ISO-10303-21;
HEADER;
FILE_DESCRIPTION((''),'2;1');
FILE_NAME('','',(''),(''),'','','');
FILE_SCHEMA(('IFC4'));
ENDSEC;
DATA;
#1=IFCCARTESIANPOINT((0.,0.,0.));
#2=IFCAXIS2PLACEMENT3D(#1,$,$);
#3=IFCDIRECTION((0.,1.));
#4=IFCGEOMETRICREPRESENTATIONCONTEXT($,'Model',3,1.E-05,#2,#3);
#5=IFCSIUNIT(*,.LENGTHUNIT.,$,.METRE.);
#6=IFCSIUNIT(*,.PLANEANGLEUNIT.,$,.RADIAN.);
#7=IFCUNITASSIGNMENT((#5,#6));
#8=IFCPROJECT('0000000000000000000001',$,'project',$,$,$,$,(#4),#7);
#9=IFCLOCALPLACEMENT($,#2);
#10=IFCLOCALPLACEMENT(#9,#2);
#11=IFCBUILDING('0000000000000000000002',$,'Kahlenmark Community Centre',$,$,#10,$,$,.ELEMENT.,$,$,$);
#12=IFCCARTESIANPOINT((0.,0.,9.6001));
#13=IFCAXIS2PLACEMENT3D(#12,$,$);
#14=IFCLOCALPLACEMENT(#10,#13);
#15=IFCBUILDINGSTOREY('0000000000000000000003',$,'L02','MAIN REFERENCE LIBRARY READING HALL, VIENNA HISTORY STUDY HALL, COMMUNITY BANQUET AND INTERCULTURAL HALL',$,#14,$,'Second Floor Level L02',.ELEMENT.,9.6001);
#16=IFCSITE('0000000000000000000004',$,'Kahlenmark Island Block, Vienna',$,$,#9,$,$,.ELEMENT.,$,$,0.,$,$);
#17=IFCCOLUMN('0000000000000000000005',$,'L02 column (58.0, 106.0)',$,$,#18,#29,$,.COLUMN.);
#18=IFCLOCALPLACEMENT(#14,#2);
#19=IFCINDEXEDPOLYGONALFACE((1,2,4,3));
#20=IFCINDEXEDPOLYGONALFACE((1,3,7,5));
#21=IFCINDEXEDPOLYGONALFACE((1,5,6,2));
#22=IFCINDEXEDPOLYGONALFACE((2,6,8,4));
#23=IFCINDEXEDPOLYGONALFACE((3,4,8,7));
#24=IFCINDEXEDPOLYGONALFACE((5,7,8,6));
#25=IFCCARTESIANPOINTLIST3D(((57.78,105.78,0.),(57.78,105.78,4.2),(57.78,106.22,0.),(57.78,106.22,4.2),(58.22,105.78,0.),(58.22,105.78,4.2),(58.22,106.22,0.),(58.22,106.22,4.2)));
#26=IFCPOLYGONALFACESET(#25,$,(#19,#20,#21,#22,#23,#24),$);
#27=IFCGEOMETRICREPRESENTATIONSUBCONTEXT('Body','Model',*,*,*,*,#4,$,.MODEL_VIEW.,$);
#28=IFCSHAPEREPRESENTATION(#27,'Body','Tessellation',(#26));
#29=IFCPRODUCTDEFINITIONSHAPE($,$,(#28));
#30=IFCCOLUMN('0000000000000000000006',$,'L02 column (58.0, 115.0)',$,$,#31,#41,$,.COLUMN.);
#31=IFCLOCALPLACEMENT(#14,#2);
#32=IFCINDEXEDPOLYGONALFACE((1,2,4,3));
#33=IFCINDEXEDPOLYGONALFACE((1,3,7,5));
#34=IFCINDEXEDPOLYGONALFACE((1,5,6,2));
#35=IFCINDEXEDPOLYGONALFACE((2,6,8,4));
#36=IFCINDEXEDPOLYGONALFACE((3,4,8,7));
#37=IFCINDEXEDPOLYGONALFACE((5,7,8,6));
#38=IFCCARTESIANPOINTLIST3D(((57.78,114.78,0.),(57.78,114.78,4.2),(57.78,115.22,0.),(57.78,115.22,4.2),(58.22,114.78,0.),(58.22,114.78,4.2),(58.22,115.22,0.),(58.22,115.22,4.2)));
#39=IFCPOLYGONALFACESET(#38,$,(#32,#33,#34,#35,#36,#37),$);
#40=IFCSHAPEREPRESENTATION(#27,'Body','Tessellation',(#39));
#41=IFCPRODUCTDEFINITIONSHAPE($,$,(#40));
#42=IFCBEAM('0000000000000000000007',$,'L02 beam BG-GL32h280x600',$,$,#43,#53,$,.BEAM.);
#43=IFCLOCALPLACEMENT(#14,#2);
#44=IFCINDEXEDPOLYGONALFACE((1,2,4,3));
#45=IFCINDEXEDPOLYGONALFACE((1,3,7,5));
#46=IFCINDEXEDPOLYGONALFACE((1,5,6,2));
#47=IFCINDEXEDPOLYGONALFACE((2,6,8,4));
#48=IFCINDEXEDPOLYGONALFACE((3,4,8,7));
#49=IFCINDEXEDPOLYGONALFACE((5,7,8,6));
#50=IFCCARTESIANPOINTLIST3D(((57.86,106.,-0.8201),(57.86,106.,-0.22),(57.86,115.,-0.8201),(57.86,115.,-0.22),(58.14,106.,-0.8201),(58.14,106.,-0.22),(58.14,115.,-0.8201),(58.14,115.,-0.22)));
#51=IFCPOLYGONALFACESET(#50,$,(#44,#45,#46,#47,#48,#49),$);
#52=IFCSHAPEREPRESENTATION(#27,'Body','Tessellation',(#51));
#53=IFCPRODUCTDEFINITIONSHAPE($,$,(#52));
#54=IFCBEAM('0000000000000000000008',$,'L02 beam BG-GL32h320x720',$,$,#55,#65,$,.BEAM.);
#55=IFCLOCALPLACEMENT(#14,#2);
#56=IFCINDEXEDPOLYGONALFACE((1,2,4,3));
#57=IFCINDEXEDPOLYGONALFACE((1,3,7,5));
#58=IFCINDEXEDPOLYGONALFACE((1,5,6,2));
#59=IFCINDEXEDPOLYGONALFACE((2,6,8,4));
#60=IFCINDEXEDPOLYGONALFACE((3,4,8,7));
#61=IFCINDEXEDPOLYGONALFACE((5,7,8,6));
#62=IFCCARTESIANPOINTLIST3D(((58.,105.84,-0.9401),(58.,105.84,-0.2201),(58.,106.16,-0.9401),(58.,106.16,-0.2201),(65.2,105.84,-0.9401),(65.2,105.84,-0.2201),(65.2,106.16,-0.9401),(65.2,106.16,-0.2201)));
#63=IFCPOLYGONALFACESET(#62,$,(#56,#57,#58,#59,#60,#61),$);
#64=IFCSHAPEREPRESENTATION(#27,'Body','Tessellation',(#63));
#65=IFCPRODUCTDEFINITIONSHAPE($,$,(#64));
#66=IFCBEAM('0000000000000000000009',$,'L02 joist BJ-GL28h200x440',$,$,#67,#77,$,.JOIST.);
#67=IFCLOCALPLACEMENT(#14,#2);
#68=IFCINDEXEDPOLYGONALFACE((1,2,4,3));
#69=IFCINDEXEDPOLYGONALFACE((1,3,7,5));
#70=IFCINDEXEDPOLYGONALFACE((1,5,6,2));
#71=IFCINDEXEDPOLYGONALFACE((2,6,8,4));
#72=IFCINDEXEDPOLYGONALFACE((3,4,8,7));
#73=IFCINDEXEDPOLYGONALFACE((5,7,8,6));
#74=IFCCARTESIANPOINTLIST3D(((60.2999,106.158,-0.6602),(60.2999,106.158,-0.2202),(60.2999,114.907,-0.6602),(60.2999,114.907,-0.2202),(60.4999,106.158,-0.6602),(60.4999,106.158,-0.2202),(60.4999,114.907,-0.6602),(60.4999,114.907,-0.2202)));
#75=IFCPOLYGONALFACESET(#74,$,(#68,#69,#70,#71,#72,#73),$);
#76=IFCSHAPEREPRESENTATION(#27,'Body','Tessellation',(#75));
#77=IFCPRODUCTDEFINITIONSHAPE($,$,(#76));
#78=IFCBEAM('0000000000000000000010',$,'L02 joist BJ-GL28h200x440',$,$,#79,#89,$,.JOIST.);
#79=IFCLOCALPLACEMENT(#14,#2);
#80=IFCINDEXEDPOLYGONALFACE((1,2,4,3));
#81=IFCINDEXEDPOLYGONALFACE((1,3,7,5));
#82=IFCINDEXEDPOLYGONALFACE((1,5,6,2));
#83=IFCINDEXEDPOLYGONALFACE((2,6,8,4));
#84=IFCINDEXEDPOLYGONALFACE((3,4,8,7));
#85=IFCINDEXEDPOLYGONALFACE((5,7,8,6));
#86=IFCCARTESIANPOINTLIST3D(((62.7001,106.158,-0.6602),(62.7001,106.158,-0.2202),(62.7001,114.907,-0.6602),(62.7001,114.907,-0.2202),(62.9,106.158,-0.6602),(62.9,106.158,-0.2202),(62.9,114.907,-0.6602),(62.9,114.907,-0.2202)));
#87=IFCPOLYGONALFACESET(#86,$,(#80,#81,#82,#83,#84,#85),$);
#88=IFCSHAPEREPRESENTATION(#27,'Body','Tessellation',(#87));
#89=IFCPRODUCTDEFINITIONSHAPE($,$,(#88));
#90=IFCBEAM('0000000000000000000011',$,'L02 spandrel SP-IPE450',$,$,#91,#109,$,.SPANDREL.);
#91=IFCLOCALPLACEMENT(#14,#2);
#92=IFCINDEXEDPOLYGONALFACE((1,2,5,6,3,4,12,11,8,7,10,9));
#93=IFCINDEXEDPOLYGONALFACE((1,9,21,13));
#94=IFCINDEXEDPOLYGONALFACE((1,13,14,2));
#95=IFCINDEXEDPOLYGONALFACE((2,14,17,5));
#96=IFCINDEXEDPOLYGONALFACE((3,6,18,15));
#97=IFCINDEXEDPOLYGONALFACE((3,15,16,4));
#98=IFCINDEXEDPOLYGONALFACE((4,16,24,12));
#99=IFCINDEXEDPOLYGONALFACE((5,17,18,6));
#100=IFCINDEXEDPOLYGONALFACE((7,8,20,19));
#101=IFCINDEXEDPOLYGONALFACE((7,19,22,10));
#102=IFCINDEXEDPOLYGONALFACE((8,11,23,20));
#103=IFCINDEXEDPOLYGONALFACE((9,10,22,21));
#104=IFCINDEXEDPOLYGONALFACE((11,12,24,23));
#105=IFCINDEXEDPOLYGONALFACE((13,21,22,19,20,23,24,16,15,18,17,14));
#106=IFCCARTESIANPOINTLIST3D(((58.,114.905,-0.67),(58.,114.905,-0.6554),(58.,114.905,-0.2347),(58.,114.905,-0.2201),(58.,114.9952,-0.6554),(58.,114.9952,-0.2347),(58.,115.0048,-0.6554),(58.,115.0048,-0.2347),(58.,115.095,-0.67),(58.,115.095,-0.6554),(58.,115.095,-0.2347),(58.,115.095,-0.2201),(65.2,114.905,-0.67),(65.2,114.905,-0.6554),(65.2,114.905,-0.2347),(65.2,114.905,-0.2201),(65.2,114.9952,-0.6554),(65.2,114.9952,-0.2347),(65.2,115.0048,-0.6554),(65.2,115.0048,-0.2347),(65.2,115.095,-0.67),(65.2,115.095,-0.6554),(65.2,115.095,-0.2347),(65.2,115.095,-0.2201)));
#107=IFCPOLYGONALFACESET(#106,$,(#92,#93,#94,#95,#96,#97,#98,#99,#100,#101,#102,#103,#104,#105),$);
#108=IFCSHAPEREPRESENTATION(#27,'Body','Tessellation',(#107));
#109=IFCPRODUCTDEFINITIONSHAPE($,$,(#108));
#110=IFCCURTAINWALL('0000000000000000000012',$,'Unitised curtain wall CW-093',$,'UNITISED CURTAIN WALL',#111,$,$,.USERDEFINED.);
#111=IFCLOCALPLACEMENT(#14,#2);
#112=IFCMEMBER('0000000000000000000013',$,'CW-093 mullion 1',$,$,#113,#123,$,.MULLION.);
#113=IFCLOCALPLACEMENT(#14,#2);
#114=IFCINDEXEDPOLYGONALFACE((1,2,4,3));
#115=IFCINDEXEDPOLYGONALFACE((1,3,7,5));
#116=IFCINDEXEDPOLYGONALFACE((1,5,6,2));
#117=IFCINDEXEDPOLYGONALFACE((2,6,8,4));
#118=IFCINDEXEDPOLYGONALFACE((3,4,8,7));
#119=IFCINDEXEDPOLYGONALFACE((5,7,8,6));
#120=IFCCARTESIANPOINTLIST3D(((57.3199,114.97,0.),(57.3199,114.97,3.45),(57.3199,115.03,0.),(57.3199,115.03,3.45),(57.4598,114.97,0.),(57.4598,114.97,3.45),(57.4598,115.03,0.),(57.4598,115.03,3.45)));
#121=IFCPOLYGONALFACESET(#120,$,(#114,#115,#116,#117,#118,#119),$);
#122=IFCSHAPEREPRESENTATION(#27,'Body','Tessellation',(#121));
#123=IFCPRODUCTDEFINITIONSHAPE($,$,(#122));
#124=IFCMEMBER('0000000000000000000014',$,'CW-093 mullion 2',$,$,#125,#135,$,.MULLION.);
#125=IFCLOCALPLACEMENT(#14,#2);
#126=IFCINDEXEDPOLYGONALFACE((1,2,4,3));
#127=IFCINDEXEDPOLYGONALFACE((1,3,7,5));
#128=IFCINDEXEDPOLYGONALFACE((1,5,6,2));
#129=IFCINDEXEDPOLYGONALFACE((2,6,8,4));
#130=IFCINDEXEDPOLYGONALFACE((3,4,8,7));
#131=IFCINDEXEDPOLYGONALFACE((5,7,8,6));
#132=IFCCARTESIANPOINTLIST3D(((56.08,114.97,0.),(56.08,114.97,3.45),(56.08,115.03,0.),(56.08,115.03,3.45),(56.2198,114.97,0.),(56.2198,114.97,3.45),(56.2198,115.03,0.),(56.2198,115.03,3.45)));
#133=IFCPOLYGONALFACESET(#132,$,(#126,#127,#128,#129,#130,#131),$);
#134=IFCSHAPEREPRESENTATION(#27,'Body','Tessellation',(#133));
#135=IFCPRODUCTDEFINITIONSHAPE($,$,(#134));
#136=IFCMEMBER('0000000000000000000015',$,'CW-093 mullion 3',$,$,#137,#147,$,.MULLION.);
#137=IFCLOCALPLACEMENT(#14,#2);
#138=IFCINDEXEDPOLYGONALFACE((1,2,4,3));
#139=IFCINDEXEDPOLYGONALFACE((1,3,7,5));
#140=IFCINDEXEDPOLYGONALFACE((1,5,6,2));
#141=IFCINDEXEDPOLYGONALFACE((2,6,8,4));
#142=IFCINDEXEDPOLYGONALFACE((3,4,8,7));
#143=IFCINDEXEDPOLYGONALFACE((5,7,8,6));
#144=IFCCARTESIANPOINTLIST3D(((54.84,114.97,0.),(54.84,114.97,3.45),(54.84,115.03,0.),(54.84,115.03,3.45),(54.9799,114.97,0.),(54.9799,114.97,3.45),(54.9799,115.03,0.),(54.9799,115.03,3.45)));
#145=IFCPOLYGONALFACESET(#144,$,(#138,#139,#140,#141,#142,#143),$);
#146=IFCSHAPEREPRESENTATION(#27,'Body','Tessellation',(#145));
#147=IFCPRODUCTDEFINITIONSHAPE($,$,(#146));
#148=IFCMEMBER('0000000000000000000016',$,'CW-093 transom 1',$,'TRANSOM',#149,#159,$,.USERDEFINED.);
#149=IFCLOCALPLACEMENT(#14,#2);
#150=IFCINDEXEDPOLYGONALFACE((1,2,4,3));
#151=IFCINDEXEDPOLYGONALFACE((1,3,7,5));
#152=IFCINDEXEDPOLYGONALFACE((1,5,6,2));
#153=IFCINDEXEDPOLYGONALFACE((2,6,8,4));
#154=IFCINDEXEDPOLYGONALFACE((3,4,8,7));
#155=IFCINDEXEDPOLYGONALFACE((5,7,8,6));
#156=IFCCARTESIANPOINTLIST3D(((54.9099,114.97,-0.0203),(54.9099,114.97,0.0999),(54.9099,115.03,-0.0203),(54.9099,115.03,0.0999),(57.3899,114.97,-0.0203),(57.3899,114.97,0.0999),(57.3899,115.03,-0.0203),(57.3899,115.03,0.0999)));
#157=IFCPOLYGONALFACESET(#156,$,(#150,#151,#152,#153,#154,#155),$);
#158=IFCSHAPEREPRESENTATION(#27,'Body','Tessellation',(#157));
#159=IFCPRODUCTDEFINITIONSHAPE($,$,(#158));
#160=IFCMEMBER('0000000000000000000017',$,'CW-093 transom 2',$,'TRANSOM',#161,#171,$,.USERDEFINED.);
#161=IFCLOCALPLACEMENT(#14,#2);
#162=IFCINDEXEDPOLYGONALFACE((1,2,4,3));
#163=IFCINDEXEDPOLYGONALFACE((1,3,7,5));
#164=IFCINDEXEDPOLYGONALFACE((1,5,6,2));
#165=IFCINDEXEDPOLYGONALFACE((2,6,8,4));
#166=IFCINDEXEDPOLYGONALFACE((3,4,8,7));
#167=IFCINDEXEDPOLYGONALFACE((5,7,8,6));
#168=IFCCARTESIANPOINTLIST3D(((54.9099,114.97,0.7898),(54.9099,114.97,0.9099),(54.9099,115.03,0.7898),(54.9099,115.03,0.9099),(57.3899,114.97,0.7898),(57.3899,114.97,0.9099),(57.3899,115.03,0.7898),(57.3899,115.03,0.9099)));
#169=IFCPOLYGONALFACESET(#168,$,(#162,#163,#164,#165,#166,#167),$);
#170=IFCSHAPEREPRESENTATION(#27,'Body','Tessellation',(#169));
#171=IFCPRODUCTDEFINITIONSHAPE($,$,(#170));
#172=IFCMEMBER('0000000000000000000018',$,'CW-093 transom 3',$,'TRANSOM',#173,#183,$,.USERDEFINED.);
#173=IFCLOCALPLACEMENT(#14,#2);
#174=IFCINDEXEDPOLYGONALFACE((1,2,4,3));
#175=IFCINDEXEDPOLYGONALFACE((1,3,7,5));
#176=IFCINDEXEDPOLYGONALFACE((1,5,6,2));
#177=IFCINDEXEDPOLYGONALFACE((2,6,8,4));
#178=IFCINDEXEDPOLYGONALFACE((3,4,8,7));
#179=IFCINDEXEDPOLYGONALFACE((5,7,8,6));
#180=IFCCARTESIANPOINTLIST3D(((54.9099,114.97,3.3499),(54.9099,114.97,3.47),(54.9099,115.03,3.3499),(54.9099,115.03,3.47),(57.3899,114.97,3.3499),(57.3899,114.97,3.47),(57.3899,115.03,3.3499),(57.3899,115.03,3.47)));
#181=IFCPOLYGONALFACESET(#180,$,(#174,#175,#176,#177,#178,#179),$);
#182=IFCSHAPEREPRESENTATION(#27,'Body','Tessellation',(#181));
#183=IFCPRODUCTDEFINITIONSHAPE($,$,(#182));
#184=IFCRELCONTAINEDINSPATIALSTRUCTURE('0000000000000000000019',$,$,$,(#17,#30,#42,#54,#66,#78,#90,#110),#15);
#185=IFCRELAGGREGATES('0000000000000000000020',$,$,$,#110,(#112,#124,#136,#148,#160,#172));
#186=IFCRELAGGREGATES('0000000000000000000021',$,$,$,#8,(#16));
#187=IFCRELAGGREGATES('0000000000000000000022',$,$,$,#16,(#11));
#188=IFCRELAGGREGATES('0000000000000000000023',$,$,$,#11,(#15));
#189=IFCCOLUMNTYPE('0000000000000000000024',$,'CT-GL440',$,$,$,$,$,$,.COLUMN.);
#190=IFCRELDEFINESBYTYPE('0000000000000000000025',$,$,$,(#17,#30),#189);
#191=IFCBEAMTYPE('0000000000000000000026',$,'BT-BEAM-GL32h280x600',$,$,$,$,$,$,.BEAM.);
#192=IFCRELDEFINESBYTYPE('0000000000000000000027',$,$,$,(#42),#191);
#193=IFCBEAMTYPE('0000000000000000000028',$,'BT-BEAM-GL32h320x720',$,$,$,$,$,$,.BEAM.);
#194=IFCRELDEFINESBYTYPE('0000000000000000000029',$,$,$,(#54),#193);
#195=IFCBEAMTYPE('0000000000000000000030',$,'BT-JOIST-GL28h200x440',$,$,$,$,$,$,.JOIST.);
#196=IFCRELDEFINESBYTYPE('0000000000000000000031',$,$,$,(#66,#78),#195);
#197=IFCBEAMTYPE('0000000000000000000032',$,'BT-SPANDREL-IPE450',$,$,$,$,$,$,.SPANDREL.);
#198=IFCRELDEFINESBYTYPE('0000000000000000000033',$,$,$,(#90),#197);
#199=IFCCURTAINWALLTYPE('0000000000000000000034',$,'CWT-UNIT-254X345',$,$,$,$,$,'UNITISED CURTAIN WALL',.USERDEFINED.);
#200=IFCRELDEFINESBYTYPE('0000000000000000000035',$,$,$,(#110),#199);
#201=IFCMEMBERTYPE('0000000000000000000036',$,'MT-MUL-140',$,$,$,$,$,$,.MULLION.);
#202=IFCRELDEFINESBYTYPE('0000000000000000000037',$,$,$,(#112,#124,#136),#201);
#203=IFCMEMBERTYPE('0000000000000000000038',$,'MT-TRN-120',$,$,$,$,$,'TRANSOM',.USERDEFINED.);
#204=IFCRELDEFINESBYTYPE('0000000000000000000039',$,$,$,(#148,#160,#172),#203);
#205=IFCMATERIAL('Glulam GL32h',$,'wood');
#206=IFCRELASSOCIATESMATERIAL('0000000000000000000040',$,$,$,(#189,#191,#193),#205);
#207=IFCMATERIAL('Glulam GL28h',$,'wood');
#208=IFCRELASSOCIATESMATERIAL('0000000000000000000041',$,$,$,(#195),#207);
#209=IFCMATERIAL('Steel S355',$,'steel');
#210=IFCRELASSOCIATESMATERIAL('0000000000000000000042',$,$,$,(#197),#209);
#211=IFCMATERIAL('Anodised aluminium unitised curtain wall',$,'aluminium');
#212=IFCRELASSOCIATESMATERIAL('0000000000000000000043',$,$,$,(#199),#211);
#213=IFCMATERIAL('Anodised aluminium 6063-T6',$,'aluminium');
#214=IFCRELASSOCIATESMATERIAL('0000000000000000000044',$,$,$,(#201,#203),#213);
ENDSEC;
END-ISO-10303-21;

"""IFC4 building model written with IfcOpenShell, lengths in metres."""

from ifc_helpers import new_model, si_unit, direction, frame, origin, origin_2d, place, context, subcontext, project, spatial, rectangle, i_section, extrude, material, material_profile, profile_set, type_object, element, aggregate, save


model = new_model("IFC4")

# Units and contexts
model_context = context("Model", 3, precision=1e-05, world=origin(), true_north=direction((0.0, 1.0)))
body_context = subcontext(model_context, "Body", "Model", "MODEL_VIEW")
ifc_project = project(units=[si_unit("LENGTHUNIT", "METRE"), si_unit("PLANEANGLEUNIT", "RADIAN")], contexts=[model_context])

# Site, building, storey
site_placement = place(None, origin())
site = spatial("IfcSite", under=ifc_project, at=site_placement, Name="Kahlenmark Island Block, Vienna", CompositionType="ELEMENT", RefElevation=0.0)
building_placement = place(site_placement, origin())
building = spatial("IfcBuilding", under=site, at=building_placement, Name="Kahlenmark Community Centre", CompositionType="ELEMENT")
storey_placement = place(building_placement, frame((0.0, 0.0, 9.6001)))
storey = spatial("IfcBuildingStorey", under=building, at=storey_placement, Name="L02", Description="MAIN REFERENCE LIBRARY READING HALL, VIENNA HISTORY STUDY HALL, COMMUNITY BANQUET AND INTERCULTURAL HALL", LongName="Second Floor Level L02", CompositionType="ELEMENT", Elevation=9.6001)

# Columns
ifc_material_1 = material(Name="Glulam GL32h", Category="wood")
ifc_material_profile_1 = material_profile(ifc_material_1, rectangle(XDim=0.4399, YDim=0.4399, at=origin_2d()), Name="GL32h 440x440")
ifc_profile_set_1 = profile_set([ifc_material_profile_1], Name="Glulam GL32h")
column_type = type_object("IfcColumnType", Name="CT-GL440", PredefinedType="COLUMN", material=ifc_profile_set_1)
for number, where, z_axis, x_axis, name in (
    (1, (58.0, 106.0, 0.0), (0.0, 0.0, 1.0), (1.0, 0.0, 0.0), "L02 column (58.0, 106.0)"),
    (2, (58.0, 115.0, 0.0), (0.0, 0.0, 1.0), (1.0, 0.0, 0.0), "L02 column (58.0, 115.0)"),
):
    element("IfcColumn", number, at=place(storey_placement, frame(where, z_axis=z_axis, x_axis=x_axis)), inside=storey, type_object=column_type, Name=name, PredefinedType="COLUMN", context=body_context, shape_type="SweptSolid", body=[
        extrude(rectangle(XDim=0.4399, YDim=0.4399, at=origin_2d()), origin(), (0.0, 0.0, 1.0), 4.2),
    ])

# Beams
ifc_material_profile_2 = material_profile(ifc_material_1, rectangle(XDim=0.28, YDim=0.6001, at=origin_2d()), Name="GL32h 280x600")
ifc_profile_set_2 = profile_set([ifc_material_profile_2], Name="Glulam GL32h")
beam_type_1 = type_object("IfcBeamType", Name="BT-BEAM-GL32h280x600", PredefinedType="BEAM", material=ifc_profile_set_2)
beam_1_placement = place(storey_placement, frame((58.0, 106.0, -0.52), z_axis=(0.0, 1.0, 0.0), x_axis=(-1.0, 0.0, 0.0)))
element("IfcBeam", 3, at=beam_1_placement, inside=storey, type_object=beam_type_1, Name="L02 beam BG-GL32h280x600", PredefinedType="BEAM", context=body_context, shape_type="SweptSolid", body=[
    extrude(rectangle(XDim=0.28, YDim=0.6001, at=origin_2d()), origin(), (0.0, 0.0, 1.0), 9.0),
])
ifc_material_profile_3 = material_profile(ifc_material_1, rectangle(XDim=0.3201, YDim=0.72, at=origin_2d()), Name="GL32h 320x720")
ifc_profile_set_3 = profile_set([ifc_material_profile_3], Name="Glulam GL32h")
beam_type_2 = type_object("IfcBeamType", Name="BT-BEAM-GL32h320x720", PredefinedType="BEAM", material=ifc_profile_set_3)
beam_2_placement = place(storey_placement, frame((58.0, 106.0, -0.5801), z_axis=(1.0, 0.0, 0.0), x_axis=(0.0, 1.0, 0.0)))
element("IfcBeam", 4, at=beam_2_placement, inside=storey, type_object=beam_type_2, Name="L02 beam BG-GL32h320x720", PredefinedType="BEAM", context=body_context, shape_type="SweptSolid", body=[
    extrude(rectangle(XDim=0.3201, YDim=0.72, at=origin_2d()), origin(), (0.0, 0.0, 1.0), 7.2),
])
ifc_material_2 = material(Name="Glulam GL28h", Category="wood")
ifc_material_profile_4 = material_profile(ifc_material_2, rectangle(XDim=0.2, YDim=0.4399, at=origin_2d()), Name="GL28h 200x440")
ifc_profile_set_4 = profile_set([ifc_material_profile_4], Name="Glulam GL28h")
beam_type_3 = type_object("IfcBeamType", Name="BT-JOIST-GL28h200x440", PredefinedType="JOIST", material=ifc_profile_set_4)
for number, where, z_axis, x_axis, name in (
    (5, (60.3999, 106.158, -0.4402), (0.0, 1.0, 0.0), (-1.0, 0.0, 0.0), "L02 joist BJ-GL28h200x440"),
    (6, (62.8, 106.158, -0.4402), (0.0, 1.0, 0.0), (-1.0, 0.0, 0.0), "L02 joist BJ-GL28h200x440"),
):
    element("IfcBeam", number, at=place(storey_placement, frame(where, z_axis=z_axis, x_axis=x_axis)), inside=storey, type_object=beam_type_3, Name=name, PredefinedType="JOIST", context=body_context, shape_type="SweptSolid", body=[
        extrude(rectangle(XDim=0.2, YDim=0.4399, at=origin_2d()), origin(), (0.0, 0.0, 1.0), 8.749),
    ])
ifc_material_3 = material(Name="Steel S355", Category="steel")
ifc_material_profile_5 = material_profile(ifc_material_3, i_section(OverallWidth=0.1899, OverallDepth=0.45, WebThickness=0.0095, FlangeThickness=0.0146, at=origin_2d()), Name="IPE 450")
ifc_profile_set_5 = profile_set([ifc_material_profile_5], Name="Steel S355")
beam_type_4 = type_object("IfcBeamType", Name="BT-SPANDREL-IPE450", PredefinedType="SPANDREL", material=ifc_profile_set_5)
beam_3_placement = place(storey_placement, frame((58.0, 115.0, -0.4451), z_axis=(1.0, 0.0, 0.0), x_axis=(0.0, 1.0, 0.0)))
element("IfcBeam", 7, at=beam_3_placement, inside=storey, type_object=beam_type_4, Name="L02 spandrel SP-IPE450", PredefinedType="SPANDREL", context=body_context, shape_type="SweptSolid", body=[
    extrude(i_section(OverallWidth=0.1899, OverallDepth=0.45, WebThickness=0.0095, FlangeThickness=0.0146, at=origin_2d()), origin(), (0.0, 0.0, 1.0), 7.2),
])

# Curtain wall, members
ifc_material_4 = material(Name="Anodised aluminium unitised curtain wall", Category="aluminium")
curtain_wall_type = type_object("IfcCurtainWallType", Name="CWT-UNIT-254X345", ElementType="UNITISED CURTAIN WALL", PredefinedType="USERDEFINED", material=ifc_material_4)
curtain_wall_placement = place(storey_placement, origin())
curtain_wall = element("IfcCurtainWall", 8, at=curtain_wall_placement, inside=storey, type_object=curtain_wall_type, Name="Unitised curtain wall CW-093", ObjectType="UNITISED CURTAIN WALL", PredefinedType="USERDEFINED")
ifc_material_5 = material(Name="Anodised aluminium 6063-T6", Category="aluminium")
ifc_material_profile_6 = material_profile(ifc_material_5, rectangle(XDim=0.0601, YDim=0.1399, at=origin_2d()), Name="ALU MULLION 60x140")
ifc_profile_set_6 = profile_set([ifc_material_profile_6], Name="Anodised aluminium 6063-T6")
member_type_1 = type_object("IfcMemberType", Name="MT-MUL-140", PredefinedType="MULLION", material=ifc_profile_set_6)
member_1_placement = place(storey_placement, frame((57.3899, 115.0, 0.0), z_axis=(0.0, 0.0, 1.0), x_axis=(0.0, -1.0, 0.0)))
member_1 = element("IfcMember", 9, at=member_1_placement, type_object=member_type_1, Name="CW-093 mullion 1", PredefinedType="MULLION", context=body_context, shape_type="SweptSolid", body=[
    extrude(rectangle(XDim=0.0601, YDim=0.1399, at=origin_2d()), origin(), (0.0, 0.0, 1.0), 3.45),
])
member_2_placement = place(storey_placement, frame((56.1499, 115.0, 0.0), z_axis=(0.0, 0.0, 1.0), x_axis=(0.0, -1.0, 0.0)))
member_2 = element("IfcMember", 10, at=member_2_placement, type_object=member_type_1, Name="CW-093 mullion 2", PredefinedType="MULLION", context=body_context, shape_type="SweptSolid", body=[
    extrude(rectangle(XDim=0.0601, YDim=0.1399, at=origin_2d()), origin(), (0.0, 0.0, 1.0), 3.45),
])
member_3_placement = place(storey_placement, frame((54.9099, 115.0, 0.0), z_axis=(0.0, 0.0, 1.0), x_axis=(0.0, -1.0, 0.0)))
member_3 = element("IfcMember", 11, at=member_3_placement, type_object=member_type_1, Name="CW-093 mullion 3", PredefinedType="MULLION", context=body_context, shape_type="SweptSolid", body=[
    extrude(rectangle(XDim=0.0601, YDim=0.1399, at=origin_2d()), origin(), (0.0, 0.0, 1.0), 3.45),
])
ifc_material_profile_7 = material_profile(ifc_material_5, rectangle(XDim=0.0601, YDim=0.1201, at=origin_2d()), Name="ALU TRANSOM 60x120")
ifc_profile_set_7 = profile_set([ifc_material_profile_7], Name="Anodised aluminium 6063-T6")
member_type_2 = type_object("IfcMemberType", Name="MT-TRN-120", ElementType="TRANSOM", PredefinedType="USERDEFINED", material=ifc_profile_set_7)
member_4_placement = place(storey_placement, frame((57.3899, 115.0, 0.0398), z_axis=(-1.0, 0.0, 0.0), x_axis=(0.0, -1.0, 0.0)))
member_4 = element("IfcMember", 12, at=member_4_placement, type_object=member_type_2, Name="CW-093 transom 1", ObjectType="TRANSOM", PredefinedType="USERDEFINED", context=body_context, shape_type="SweptSolid", body=[
    extrude(rectangle(XDim=0.0601, YDim=0.1201, at=origin_2d()), origin(), (0.0, 0.0, 1.0), 2.48),
])
member_5_placement = place(storey_placement, frame((57.3899, 115.0, 0.8499), z_axis=(-1.0, 0.0, 0.0), x_axis=(0.0, -1.0, 0.0)))
member_5 = element("IfcMember", 13, at=member_5_placement, type_object=member_type_2, Name="CW-093 transom 2", ObjectType="TRANSOM", PredefinedType="USERDEFINED", context=body_context, shape_type="SweptSolid", body=[
    extrude(rectangle(XDim=0.0601, YDim=0.1201, at=origin_2d()), origin(), (0.0, 0.0, 1.0), 2.48),
])
member_6_placement = place(storey_placement, frame((57.3899, 115.0, 3.4099), z_axis=(-1.0, 0.0, 0.0), x_axis=(0.0, -1.0, 0.0)))
member_6 = element("IfcMember", 14, at=member_6_placement, type_object=member_type_2, Name="CW-093 transom 3", ObjectType="TRANSOM", PredefinedType="USERDEFINED", context=body_context, shape_type="SweptSolid", body=[
    extrude(rectangle(XDim=0.0601, YDim=0.1201, at=origin_2d()), origin(), (0.0, 0.0, 1.0), 2.48),
])
aggregate(curtain_wall, [member_1, member_2, member_3, member_4, member_5, member_6])

save(model, "model.ifc")
